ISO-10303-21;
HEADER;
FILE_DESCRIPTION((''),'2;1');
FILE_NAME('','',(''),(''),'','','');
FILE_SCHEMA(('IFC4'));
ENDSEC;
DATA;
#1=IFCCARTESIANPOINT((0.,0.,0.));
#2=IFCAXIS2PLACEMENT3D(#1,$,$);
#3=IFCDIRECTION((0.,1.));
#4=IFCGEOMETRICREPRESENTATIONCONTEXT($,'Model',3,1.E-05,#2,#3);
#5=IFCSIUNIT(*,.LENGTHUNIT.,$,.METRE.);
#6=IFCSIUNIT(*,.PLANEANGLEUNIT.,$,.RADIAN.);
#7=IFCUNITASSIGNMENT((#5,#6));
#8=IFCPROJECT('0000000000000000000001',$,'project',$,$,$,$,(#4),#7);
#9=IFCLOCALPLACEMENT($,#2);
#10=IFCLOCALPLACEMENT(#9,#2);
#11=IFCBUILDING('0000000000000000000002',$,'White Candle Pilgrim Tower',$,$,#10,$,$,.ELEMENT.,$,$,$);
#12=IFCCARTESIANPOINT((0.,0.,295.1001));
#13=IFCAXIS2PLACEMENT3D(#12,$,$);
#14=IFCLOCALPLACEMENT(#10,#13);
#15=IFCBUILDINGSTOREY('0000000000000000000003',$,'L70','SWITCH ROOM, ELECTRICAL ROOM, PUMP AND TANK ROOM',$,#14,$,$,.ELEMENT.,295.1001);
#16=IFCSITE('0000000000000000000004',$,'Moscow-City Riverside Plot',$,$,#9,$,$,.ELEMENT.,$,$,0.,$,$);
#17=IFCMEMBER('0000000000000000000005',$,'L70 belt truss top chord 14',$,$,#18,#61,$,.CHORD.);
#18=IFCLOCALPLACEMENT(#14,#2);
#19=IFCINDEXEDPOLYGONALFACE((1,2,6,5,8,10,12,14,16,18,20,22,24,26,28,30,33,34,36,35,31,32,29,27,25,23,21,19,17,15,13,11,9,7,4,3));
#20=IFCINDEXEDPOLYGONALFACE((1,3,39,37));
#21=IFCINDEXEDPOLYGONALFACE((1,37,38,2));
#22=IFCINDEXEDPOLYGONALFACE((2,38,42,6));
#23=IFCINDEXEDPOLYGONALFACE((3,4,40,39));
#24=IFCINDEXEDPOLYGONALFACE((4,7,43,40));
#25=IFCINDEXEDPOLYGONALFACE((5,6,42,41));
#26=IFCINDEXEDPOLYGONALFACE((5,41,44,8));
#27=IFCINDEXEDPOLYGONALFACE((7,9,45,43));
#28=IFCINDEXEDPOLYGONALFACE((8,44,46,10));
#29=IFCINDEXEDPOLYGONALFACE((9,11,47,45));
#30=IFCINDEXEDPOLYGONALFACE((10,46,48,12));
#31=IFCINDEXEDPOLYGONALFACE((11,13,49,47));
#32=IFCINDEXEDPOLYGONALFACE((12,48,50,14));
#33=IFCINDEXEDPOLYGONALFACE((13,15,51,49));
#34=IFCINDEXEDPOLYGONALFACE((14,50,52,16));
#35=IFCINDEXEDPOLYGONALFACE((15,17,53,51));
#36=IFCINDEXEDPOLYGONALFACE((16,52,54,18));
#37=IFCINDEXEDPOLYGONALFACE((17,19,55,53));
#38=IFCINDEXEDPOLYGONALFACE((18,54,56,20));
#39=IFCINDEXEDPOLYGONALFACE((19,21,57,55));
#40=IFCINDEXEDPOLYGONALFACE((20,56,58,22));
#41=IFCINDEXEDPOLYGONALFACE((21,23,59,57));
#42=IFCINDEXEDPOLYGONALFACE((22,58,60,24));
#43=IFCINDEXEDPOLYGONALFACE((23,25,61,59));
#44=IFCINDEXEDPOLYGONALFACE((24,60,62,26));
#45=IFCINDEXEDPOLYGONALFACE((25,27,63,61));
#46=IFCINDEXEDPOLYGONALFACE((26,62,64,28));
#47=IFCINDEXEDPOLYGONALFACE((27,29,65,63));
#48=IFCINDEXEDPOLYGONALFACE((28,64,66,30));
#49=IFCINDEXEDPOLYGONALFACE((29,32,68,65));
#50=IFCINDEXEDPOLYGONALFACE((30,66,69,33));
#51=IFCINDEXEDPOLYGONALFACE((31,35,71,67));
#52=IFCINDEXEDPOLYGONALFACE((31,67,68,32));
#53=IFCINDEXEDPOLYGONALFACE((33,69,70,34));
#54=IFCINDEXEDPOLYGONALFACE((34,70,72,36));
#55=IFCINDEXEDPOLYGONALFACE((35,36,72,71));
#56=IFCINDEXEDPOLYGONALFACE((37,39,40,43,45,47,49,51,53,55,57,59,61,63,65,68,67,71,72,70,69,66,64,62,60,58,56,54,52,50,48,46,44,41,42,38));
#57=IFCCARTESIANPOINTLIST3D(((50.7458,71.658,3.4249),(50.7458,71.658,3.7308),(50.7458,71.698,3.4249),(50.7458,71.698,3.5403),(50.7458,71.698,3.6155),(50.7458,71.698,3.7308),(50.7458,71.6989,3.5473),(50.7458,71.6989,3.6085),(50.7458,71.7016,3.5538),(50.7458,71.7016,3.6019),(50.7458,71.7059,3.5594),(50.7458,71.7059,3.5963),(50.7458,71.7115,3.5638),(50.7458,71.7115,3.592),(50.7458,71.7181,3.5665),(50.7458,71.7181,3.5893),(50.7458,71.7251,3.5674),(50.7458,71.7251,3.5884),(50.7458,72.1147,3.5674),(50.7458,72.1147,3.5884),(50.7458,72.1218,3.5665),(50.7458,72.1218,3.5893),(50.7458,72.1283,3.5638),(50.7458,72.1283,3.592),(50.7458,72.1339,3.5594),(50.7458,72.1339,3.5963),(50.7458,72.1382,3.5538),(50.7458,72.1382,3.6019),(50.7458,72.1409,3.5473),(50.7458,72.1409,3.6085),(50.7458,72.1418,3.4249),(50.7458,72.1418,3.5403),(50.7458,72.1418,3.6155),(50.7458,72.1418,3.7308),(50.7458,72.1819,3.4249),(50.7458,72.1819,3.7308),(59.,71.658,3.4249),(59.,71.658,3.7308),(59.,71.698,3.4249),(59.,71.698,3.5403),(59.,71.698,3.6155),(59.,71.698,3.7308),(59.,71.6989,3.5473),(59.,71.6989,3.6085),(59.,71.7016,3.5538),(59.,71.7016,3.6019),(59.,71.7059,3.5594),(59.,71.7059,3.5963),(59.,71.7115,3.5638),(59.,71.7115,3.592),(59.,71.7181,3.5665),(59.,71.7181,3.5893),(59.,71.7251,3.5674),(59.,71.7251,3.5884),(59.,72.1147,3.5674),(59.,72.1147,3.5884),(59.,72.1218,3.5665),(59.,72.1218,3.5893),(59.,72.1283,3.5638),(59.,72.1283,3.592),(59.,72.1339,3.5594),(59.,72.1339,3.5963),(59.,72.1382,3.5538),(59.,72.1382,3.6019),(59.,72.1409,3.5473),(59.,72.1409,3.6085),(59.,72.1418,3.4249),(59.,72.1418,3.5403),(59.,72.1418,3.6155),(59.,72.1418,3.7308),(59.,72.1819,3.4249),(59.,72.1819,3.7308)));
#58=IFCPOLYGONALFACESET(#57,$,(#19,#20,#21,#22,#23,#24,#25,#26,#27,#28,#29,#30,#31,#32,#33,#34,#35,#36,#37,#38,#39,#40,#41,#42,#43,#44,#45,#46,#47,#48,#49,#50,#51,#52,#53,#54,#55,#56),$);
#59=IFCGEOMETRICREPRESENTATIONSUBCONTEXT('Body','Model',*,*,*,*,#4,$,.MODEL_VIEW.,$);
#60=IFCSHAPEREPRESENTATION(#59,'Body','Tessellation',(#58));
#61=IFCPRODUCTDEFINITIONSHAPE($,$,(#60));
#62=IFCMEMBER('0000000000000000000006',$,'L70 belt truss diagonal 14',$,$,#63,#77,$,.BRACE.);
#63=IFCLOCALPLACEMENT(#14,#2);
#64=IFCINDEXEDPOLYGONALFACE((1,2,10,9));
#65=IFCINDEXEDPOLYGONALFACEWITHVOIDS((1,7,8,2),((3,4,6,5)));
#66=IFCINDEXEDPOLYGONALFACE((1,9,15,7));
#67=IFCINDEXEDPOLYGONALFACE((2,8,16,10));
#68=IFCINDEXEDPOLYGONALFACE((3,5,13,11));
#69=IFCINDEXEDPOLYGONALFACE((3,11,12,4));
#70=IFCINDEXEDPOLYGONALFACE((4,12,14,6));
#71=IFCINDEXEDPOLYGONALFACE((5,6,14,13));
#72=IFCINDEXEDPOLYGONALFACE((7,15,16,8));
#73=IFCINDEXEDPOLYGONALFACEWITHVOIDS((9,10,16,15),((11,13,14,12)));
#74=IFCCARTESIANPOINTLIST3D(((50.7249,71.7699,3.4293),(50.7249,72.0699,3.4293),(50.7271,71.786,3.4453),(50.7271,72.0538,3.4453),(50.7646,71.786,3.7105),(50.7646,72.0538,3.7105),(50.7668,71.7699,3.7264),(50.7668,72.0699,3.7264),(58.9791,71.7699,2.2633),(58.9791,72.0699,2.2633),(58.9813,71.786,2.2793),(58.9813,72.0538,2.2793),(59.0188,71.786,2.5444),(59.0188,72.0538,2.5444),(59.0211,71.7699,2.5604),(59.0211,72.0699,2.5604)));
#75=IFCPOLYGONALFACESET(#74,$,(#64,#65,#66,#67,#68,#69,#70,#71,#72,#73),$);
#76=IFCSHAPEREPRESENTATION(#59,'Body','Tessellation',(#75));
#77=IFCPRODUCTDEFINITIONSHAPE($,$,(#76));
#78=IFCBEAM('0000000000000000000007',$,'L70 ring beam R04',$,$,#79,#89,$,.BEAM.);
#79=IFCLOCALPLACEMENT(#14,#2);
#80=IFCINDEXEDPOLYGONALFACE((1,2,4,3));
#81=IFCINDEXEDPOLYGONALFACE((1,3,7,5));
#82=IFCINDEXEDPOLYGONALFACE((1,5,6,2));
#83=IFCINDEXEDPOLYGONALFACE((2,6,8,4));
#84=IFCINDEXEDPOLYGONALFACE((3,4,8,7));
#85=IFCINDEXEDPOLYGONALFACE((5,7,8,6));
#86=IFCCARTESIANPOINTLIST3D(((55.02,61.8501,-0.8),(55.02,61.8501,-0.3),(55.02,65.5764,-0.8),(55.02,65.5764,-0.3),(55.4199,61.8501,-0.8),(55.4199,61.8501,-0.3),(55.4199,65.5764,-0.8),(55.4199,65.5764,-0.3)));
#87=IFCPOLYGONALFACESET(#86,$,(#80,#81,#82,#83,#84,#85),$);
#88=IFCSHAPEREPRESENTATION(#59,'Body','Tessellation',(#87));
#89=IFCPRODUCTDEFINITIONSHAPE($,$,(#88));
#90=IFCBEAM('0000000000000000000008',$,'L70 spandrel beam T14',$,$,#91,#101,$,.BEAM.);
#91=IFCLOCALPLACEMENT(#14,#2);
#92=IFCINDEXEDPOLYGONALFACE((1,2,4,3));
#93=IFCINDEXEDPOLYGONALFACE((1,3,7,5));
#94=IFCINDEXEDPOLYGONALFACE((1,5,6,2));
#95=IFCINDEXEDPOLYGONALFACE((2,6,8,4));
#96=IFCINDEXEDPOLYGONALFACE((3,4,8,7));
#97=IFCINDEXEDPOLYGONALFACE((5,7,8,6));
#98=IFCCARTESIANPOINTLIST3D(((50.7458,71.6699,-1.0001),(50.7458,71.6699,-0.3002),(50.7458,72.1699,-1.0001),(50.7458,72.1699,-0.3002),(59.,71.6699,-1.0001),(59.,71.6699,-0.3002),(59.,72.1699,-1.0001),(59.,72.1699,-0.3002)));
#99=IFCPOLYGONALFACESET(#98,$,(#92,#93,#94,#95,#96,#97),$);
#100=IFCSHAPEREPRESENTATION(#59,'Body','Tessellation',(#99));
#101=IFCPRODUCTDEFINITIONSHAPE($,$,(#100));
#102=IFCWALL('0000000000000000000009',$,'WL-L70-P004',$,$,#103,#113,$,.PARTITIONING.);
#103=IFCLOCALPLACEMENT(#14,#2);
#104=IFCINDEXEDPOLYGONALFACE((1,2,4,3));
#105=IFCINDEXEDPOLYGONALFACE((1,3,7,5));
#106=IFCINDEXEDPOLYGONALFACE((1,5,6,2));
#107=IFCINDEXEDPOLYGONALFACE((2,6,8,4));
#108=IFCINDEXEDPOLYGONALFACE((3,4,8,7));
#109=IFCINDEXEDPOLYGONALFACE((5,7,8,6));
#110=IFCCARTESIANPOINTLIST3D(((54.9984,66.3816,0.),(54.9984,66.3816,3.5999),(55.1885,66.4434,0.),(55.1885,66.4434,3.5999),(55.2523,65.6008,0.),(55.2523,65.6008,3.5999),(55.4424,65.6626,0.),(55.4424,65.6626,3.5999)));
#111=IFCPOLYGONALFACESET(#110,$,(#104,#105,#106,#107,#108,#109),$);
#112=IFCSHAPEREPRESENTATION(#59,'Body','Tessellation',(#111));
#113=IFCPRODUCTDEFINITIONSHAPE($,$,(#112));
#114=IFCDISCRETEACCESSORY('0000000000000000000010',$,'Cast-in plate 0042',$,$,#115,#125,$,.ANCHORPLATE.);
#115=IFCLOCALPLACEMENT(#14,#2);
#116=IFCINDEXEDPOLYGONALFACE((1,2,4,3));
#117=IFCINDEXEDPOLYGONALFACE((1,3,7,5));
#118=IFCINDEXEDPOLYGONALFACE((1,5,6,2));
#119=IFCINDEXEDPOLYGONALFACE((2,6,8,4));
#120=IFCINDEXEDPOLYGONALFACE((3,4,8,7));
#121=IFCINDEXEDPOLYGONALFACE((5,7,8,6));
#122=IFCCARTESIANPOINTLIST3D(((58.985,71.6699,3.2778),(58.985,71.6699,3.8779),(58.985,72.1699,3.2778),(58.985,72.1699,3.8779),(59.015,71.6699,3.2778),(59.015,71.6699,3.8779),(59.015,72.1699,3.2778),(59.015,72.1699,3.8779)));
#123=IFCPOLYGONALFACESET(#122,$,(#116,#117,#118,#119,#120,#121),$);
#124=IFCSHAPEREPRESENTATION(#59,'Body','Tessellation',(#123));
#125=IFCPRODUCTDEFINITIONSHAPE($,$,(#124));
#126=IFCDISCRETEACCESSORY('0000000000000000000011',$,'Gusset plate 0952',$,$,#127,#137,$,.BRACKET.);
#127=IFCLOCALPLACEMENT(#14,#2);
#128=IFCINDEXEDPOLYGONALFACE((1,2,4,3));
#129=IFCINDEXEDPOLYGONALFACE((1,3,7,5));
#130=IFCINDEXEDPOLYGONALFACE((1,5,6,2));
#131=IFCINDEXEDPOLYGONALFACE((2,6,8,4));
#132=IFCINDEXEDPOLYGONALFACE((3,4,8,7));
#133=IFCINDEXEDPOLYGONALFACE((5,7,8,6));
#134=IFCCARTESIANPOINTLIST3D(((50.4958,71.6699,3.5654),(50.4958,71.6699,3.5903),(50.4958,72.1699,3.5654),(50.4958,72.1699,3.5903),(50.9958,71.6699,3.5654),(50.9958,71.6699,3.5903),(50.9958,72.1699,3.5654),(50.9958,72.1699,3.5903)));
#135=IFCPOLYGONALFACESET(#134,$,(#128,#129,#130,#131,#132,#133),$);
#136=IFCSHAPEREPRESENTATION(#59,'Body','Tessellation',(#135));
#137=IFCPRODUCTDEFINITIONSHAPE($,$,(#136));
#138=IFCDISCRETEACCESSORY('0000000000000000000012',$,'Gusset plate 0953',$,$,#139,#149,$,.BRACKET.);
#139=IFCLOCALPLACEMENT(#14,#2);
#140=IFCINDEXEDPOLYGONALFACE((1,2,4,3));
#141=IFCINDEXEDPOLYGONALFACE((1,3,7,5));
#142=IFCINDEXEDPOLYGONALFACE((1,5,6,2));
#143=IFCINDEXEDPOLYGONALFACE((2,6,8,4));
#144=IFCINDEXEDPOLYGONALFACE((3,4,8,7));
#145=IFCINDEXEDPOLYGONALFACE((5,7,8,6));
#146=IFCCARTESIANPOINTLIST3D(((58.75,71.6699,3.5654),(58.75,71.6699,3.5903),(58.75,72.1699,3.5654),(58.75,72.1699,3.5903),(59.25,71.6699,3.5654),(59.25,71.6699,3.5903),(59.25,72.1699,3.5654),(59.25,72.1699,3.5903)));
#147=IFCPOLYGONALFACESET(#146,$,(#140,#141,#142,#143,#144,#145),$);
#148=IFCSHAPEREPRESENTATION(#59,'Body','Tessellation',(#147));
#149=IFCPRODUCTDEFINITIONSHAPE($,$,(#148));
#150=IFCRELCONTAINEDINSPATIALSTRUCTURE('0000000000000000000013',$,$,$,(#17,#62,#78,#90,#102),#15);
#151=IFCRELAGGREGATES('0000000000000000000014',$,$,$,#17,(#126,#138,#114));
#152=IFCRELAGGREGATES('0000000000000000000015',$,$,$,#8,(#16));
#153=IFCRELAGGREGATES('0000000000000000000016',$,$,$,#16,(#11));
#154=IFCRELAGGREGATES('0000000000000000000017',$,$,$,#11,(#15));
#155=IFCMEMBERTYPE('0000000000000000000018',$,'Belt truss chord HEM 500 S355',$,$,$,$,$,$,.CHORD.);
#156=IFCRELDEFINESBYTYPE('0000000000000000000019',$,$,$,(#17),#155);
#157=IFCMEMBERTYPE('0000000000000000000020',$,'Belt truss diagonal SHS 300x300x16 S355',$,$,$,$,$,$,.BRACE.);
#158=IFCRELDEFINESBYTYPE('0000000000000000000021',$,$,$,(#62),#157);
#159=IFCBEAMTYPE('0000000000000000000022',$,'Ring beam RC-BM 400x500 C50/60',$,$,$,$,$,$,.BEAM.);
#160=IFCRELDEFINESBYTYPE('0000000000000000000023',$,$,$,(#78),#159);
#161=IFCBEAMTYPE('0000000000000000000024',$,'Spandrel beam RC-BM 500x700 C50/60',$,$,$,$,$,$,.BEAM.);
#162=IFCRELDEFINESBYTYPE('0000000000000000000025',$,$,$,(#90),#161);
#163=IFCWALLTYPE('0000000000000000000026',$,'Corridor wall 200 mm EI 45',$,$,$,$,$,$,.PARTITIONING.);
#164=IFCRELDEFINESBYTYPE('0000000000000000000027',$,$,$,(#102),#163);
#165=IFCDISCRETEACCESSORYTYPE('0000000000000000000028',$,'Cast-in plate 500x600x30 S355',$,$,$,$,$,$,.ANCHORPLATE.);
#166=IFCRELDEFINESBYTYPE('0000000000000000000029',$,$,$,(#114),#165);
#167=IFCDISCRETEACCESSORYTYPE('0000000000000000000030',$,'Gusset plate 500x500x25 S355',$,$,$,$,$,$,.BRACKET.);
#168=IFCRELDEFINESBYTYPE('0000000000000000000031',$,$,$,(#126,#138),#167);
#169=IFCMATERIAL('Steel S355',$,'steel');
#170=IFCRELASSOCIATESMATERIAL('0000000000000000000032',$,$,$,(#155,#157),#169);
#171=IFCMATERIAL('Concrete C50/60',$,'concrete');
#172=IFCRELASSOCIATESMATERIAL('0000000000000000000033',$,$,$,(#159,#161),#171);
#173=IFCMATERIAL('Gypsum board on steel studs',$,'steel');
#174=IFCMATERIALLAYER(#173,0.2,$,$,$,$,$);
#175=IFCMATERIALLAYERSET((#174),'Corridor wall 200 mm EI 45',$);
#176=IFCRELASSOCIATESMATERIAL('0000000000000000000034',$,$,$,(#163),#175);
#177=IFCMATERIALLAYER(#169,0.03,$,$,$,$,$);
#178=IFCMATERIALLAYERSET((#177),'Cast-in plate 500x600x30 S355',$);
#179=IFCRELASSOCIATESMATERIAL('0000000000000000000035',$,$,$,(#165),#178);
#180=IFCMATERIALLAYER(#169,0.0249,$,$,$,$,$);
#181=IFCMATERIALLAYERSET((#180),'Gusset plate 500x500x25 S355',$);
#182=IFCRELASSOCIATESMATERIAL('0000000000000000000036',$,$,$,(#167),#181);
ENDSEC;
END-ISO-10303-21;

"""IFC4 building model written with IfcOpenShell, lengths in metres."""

from ifc_helpers import new_model, si_unit, direction, frame, frame_2d, origin, origin_2d, place, context, subcontext, project, spatial, rectangle, hollow_rectangle, i_section, extrude, material, layer, layer_set, material_profile, profile_set, type_object, element, aggregate, save


model = new_model("IFC4")

# Units and contexts
model_context = context("Model", 3, precision=1e-05, world=origin(), true_north=direction((0.0, 1.0)))
body_context = subcontext(model_context, "Body", "Model", "MODEL_VIEW")
ifc_project = project(units=[si_unit("LENGTHUNIT", "METRE"), si_unit("PLANEANGLEUNIT", "RADIAN")], contexts=[model_context])

# Site, building, storey
site_placement = place(None, origin())
site = spatial("IfcSite", under=ifc_project, at=site_placement, Name="Moscow-City Riverside Plot", CompositionType="ELEMENT", RefElevation=0.0)
building_placement = place(site_placement, origin())
building = spatial("IfcBuilding", under=site, at=building_placement, Name="White Candle Pilgrim Tower", CompositionType="ELEMENT")
storey_placement = place(building_placement, frame((0.0, 0.0, 295.1001)))
storey = spatial("IfcBuildingStorey", under=building, at=storey_placement, Name="L70", Description="SWITCH ROOM, ELECTRICAL ROOM, PUMP AND TANK ROOM", CompositionType="ELEMENT", Elevation=295.1001)

# Members
ifc_material_1 = material(Name="Steel S355", Category="steel")
ifc_material_profile_1 = material_profile(ifc_material_1, i_section(OverallWidth=0.3059, OverallDepth=0.5239, WebThickness=0.021, FlangeThickness=0.04, FilletRadius=0.0271, at=origin_2d()), Name="HEM 500")
ifc_profile_set_1 = profile_set([ifc_material_profile_1], Name="Steel S355")
member_type_1 = type_object("IfcMemberType", Name="Belt truss chord HEM 500 S355", PredefinedType="CHORD", material=ifc_profile_set_1)
member_1_placement = place(storey_placement, frame((50.7458, 71.9199, 3.5779), z_axis=(1.0, 0.0, 0.0), x_axis=(0.0, 0.0, 1.0)))
member_1 = element("IfcMember", 1, at=member_1_placement, inside=storey, type_object=member_type_1, Name="L70 belt truss top chord 14", PredefinedType="CHORD", context=body_context, shape_type="SweptSolid", body=[
    extrude(i_section(OverallWidth=0.3059, OverallDepth=0.5239, WebThickness=0.021, FlangeThickness=0.04, FilletRadius=0.0271, at=origin_2d()), origin(), (0.0, 0.0, 1.0), 8.2542),
])
ifc_material_profile_2 = material_profile(ifc_material_1, hollow_rectangle(XDim=0.3, YDim=0.3, WallThickness=0.0161, at=origin_2d()), Name="SHS 300x300x16")
ifc_profile_set_2 = profile_set([ifc_material_profile_2], Name="Steel S355")
member_type_2 = type_object("IfcMemberType", Name="Belt truss diagonal SHS 300x300x16 S355", PredefinedType="BRACE", material=ifc_profile_set_2)
member_2_placement = place(storey_placement, frame((50.7458, 71.9199, 3.5779), z_axis=(0.990169, 0.0, -0.139875), x_axis=(0.0, 1.0, 0.0)))
element("IfcMember", 2, at=member_2_placement, inside=storey, type_object=member_type_2, Name="L70 belt truss diagonal 14", PredefinedType="BRACE", context=body_context, shape_type="SweptSolid", body=[
    extrude(hollow_rectangle(XDim=0.3, YDim=0.3, WallThickness=0.0161, at=origin_2d()), origin(), (0.0, 0.0, 1.0), 8.3362),
])

# Beams
ifc_material_2 = material(Name="Concrete C50/60", Category="concrete")
ifc_material_profile_3 = material_profile(ifc_material_2, rectangle(XDim=0.3999, YDim=0.5, at=origin_2d()), Name="RC-BM 400x500")
ifc_profile_set_3 = profile_set([ifc_material_profile_3], Name="Concrete C50/60")
beam_type_1 = type_object("IfcBeamType", Name="Ring beam RC-BM 400x500 C50/60", PredefinedType="BEAM", material=ifc_profile_set_3)
beam_1_placement = place(storey_placement, frame((55.22, 65.5764, -0.55), z_axis=(0.0, -1.0, 0.0), x_axis=(1.0, 0.0, 0.0)))
element("IfcBeam", 3, at=beam_1_placement, inside=storey, type_object=beam_type_1, Name="L70 ring beam R04", PredefinedType="BEAM", context=body_context, shape_type="SweptSolid", body=[
    extrude(rectangle(XDim=0.3999, YDim=0.5, at=origin_2d()), origin(), (0.0, 0.0, 1.0), 3.7263),
])
ifc_material_profile_4 = material_profile(ifc_material_2, rectangle(XDim=0.5, YDim=0.7, at=origin_2d()), Name="RC-BM 500x700")
ifc_profile_set_4 = profile_set([ifc_material_profile_4], Name="Concrete C50/60")
beam_type_2 = type_object("IfcBeamType", Name="Spandrel beam RC-BM 500x700 C50/60", PredefinedType="BEAM", material=ifc_profile_set_4)
beam_2_placement = place(storey_placement, frame((50.7458, 71.9199, -0.6501), z_axis=(1.0, 0.0, 0.0), x_axis=(0.0, 1.0, 0.0)))
element("IfcBeam", 4, at=beam_2_placement, inside=storey, type_object=beam_type_2, Name="L70 spandrel beam T14", PredefinedType="BEAM", context=body_context, shape_type="SweptSolid", body=[
    extrude(rectangle(XDim=0.5, YDim=0.7, at=origin_2d()), origin(), (0.0, 0.0, 1.0), 8.2542),
])

# Wall
ifc_material_3 = material(Name="Gypsum board on steel studs", Category="steel")
ifc_layer_1 = layer(ifc_material_3, 0.2)
ifc_layer_set_1 = layer_set([ifc_layer_1], Name="Corridor wall 200 mm EI 45")
wall_type_1 = type_object("IfcWallType", Name="Corridor wall 200 mm EI 45", PredefinedType="PARTITIONING", material=ifc_layer_set_1)
wall_1_placement = place(storey_placement, frame((55.3474, 65.6316, 0.0), z_axis=(0.0, 0.0, 1.0), x_axis=(-0.309261, 0.950977, 0.0)))
element("IfcWall", 5, at=wall_1_placement, inside=storey, type_object=wall_type_1, Name="WL-L70-P004", PredefinedType="PARTITIONING", context=body_context, shape_type="SweptSolid", body=[
    extrude(rectangle(XDim=0.821, YDim=0.2, at=frame_2d((0.4106, 0.0))), origin(), (0.0, 0.0, 1.0), 3.5999),
])

# Discrete accessories
ifc_layer_2 = layer(ifc_material_1, 0.03)
ifc_layer_set_2 = layer_set([ifc_layer_2], Name="Cast-in plate 500x600x30 S355")
discrete_accessory_type_1 = type_object("IfcDiscreteAccessoryType", Name="Cast-in plate 500x600x30 S355", PredefinedType="ANCHORPLATE", material=ifc_layer_set_2)
discrete_accessory_1_placement = place(storey_placement, frame((59.0, 71.9199, 3.2778), z_axis=(0.0, 0.0, 1.0), x_axis=(-1.0, 0.0, 0.0)))
discrete_accessory_1 = element("IfcDiscreteAccessory", 6, at=discrete_accessory_1_placement, type_object=discrete_accessory_type_1, Name="Cast-in plate 0042", PredefinedType="ANCHORPLATE", context=body_context, shape_type="SweptSolid", body=[
    extrude(rectangle(XDim=0.03, YDim=0.5, at=origin_2d()), origin(), (0.0, 0.0, 1.0), 0.6001),
])
ifc_layer_3 = layer(ifc_material_1, 0.0249)
ifc_layer_set_3 = layer_set([ifc_layer_3], Name="Gusset plate 500x500x25 S355")
discrete_accessory_type_2 = type_object("IfcDiscreteAccessoryType", Name="Gusset plate 500x500x25 S355", PredefinedType="BRACKET", material=ifc_layer_set_3)
discrete_accessory_2_placement = place(storey_placement, frame((50.7458, 71.9199, 3.5654), z_axis=(0.0, 0.0, 1.0), x_axis=(1.0, 0.0, 0.0)))
discrete_accessory_2 = element("IfcDiscreteAccessory", 7, at=discrete_accessory_2_placement, type_object=discrete_accessory_type_2, Name="Gusset plate 0952", PredefinedType="BRACKET", context=body_context, shape_type="SweptSolid", body=[
    extrude(rectangle(XDim=0.5, YDim=0.5, at=origin_2d()), origin(), (0.0, 0.0, 1.0), 0.0249),
])
discrete_accessory_3_placement = place(storey_placement, frame((59.0, 71.9199, 3.5654), z_axis=(0.0, 0.0, 1.0), x_axis=(1.0, 0.0, 0.0)))
discrete_accessory_3 = element("IfcDiscreteAccessory", 8, at=discrete_accessory_3_placement, type_object=discrete_accessory_type_2, Name="Gusset plate 0953", PredefinedType="BRACKET", context=body_context, shape_type="SweptSolid", body=[
    extrude(rectangle(XDim=0.5, YDim=0.5, at=origin_2d()), origin(), (0.0, 0.0, 1.0), 0.0249),
])
aggregate(member_1, [discrete_accessory_2, discrete_accessory_3, discrete_accessory_1])

save(model, "model.ifc")
